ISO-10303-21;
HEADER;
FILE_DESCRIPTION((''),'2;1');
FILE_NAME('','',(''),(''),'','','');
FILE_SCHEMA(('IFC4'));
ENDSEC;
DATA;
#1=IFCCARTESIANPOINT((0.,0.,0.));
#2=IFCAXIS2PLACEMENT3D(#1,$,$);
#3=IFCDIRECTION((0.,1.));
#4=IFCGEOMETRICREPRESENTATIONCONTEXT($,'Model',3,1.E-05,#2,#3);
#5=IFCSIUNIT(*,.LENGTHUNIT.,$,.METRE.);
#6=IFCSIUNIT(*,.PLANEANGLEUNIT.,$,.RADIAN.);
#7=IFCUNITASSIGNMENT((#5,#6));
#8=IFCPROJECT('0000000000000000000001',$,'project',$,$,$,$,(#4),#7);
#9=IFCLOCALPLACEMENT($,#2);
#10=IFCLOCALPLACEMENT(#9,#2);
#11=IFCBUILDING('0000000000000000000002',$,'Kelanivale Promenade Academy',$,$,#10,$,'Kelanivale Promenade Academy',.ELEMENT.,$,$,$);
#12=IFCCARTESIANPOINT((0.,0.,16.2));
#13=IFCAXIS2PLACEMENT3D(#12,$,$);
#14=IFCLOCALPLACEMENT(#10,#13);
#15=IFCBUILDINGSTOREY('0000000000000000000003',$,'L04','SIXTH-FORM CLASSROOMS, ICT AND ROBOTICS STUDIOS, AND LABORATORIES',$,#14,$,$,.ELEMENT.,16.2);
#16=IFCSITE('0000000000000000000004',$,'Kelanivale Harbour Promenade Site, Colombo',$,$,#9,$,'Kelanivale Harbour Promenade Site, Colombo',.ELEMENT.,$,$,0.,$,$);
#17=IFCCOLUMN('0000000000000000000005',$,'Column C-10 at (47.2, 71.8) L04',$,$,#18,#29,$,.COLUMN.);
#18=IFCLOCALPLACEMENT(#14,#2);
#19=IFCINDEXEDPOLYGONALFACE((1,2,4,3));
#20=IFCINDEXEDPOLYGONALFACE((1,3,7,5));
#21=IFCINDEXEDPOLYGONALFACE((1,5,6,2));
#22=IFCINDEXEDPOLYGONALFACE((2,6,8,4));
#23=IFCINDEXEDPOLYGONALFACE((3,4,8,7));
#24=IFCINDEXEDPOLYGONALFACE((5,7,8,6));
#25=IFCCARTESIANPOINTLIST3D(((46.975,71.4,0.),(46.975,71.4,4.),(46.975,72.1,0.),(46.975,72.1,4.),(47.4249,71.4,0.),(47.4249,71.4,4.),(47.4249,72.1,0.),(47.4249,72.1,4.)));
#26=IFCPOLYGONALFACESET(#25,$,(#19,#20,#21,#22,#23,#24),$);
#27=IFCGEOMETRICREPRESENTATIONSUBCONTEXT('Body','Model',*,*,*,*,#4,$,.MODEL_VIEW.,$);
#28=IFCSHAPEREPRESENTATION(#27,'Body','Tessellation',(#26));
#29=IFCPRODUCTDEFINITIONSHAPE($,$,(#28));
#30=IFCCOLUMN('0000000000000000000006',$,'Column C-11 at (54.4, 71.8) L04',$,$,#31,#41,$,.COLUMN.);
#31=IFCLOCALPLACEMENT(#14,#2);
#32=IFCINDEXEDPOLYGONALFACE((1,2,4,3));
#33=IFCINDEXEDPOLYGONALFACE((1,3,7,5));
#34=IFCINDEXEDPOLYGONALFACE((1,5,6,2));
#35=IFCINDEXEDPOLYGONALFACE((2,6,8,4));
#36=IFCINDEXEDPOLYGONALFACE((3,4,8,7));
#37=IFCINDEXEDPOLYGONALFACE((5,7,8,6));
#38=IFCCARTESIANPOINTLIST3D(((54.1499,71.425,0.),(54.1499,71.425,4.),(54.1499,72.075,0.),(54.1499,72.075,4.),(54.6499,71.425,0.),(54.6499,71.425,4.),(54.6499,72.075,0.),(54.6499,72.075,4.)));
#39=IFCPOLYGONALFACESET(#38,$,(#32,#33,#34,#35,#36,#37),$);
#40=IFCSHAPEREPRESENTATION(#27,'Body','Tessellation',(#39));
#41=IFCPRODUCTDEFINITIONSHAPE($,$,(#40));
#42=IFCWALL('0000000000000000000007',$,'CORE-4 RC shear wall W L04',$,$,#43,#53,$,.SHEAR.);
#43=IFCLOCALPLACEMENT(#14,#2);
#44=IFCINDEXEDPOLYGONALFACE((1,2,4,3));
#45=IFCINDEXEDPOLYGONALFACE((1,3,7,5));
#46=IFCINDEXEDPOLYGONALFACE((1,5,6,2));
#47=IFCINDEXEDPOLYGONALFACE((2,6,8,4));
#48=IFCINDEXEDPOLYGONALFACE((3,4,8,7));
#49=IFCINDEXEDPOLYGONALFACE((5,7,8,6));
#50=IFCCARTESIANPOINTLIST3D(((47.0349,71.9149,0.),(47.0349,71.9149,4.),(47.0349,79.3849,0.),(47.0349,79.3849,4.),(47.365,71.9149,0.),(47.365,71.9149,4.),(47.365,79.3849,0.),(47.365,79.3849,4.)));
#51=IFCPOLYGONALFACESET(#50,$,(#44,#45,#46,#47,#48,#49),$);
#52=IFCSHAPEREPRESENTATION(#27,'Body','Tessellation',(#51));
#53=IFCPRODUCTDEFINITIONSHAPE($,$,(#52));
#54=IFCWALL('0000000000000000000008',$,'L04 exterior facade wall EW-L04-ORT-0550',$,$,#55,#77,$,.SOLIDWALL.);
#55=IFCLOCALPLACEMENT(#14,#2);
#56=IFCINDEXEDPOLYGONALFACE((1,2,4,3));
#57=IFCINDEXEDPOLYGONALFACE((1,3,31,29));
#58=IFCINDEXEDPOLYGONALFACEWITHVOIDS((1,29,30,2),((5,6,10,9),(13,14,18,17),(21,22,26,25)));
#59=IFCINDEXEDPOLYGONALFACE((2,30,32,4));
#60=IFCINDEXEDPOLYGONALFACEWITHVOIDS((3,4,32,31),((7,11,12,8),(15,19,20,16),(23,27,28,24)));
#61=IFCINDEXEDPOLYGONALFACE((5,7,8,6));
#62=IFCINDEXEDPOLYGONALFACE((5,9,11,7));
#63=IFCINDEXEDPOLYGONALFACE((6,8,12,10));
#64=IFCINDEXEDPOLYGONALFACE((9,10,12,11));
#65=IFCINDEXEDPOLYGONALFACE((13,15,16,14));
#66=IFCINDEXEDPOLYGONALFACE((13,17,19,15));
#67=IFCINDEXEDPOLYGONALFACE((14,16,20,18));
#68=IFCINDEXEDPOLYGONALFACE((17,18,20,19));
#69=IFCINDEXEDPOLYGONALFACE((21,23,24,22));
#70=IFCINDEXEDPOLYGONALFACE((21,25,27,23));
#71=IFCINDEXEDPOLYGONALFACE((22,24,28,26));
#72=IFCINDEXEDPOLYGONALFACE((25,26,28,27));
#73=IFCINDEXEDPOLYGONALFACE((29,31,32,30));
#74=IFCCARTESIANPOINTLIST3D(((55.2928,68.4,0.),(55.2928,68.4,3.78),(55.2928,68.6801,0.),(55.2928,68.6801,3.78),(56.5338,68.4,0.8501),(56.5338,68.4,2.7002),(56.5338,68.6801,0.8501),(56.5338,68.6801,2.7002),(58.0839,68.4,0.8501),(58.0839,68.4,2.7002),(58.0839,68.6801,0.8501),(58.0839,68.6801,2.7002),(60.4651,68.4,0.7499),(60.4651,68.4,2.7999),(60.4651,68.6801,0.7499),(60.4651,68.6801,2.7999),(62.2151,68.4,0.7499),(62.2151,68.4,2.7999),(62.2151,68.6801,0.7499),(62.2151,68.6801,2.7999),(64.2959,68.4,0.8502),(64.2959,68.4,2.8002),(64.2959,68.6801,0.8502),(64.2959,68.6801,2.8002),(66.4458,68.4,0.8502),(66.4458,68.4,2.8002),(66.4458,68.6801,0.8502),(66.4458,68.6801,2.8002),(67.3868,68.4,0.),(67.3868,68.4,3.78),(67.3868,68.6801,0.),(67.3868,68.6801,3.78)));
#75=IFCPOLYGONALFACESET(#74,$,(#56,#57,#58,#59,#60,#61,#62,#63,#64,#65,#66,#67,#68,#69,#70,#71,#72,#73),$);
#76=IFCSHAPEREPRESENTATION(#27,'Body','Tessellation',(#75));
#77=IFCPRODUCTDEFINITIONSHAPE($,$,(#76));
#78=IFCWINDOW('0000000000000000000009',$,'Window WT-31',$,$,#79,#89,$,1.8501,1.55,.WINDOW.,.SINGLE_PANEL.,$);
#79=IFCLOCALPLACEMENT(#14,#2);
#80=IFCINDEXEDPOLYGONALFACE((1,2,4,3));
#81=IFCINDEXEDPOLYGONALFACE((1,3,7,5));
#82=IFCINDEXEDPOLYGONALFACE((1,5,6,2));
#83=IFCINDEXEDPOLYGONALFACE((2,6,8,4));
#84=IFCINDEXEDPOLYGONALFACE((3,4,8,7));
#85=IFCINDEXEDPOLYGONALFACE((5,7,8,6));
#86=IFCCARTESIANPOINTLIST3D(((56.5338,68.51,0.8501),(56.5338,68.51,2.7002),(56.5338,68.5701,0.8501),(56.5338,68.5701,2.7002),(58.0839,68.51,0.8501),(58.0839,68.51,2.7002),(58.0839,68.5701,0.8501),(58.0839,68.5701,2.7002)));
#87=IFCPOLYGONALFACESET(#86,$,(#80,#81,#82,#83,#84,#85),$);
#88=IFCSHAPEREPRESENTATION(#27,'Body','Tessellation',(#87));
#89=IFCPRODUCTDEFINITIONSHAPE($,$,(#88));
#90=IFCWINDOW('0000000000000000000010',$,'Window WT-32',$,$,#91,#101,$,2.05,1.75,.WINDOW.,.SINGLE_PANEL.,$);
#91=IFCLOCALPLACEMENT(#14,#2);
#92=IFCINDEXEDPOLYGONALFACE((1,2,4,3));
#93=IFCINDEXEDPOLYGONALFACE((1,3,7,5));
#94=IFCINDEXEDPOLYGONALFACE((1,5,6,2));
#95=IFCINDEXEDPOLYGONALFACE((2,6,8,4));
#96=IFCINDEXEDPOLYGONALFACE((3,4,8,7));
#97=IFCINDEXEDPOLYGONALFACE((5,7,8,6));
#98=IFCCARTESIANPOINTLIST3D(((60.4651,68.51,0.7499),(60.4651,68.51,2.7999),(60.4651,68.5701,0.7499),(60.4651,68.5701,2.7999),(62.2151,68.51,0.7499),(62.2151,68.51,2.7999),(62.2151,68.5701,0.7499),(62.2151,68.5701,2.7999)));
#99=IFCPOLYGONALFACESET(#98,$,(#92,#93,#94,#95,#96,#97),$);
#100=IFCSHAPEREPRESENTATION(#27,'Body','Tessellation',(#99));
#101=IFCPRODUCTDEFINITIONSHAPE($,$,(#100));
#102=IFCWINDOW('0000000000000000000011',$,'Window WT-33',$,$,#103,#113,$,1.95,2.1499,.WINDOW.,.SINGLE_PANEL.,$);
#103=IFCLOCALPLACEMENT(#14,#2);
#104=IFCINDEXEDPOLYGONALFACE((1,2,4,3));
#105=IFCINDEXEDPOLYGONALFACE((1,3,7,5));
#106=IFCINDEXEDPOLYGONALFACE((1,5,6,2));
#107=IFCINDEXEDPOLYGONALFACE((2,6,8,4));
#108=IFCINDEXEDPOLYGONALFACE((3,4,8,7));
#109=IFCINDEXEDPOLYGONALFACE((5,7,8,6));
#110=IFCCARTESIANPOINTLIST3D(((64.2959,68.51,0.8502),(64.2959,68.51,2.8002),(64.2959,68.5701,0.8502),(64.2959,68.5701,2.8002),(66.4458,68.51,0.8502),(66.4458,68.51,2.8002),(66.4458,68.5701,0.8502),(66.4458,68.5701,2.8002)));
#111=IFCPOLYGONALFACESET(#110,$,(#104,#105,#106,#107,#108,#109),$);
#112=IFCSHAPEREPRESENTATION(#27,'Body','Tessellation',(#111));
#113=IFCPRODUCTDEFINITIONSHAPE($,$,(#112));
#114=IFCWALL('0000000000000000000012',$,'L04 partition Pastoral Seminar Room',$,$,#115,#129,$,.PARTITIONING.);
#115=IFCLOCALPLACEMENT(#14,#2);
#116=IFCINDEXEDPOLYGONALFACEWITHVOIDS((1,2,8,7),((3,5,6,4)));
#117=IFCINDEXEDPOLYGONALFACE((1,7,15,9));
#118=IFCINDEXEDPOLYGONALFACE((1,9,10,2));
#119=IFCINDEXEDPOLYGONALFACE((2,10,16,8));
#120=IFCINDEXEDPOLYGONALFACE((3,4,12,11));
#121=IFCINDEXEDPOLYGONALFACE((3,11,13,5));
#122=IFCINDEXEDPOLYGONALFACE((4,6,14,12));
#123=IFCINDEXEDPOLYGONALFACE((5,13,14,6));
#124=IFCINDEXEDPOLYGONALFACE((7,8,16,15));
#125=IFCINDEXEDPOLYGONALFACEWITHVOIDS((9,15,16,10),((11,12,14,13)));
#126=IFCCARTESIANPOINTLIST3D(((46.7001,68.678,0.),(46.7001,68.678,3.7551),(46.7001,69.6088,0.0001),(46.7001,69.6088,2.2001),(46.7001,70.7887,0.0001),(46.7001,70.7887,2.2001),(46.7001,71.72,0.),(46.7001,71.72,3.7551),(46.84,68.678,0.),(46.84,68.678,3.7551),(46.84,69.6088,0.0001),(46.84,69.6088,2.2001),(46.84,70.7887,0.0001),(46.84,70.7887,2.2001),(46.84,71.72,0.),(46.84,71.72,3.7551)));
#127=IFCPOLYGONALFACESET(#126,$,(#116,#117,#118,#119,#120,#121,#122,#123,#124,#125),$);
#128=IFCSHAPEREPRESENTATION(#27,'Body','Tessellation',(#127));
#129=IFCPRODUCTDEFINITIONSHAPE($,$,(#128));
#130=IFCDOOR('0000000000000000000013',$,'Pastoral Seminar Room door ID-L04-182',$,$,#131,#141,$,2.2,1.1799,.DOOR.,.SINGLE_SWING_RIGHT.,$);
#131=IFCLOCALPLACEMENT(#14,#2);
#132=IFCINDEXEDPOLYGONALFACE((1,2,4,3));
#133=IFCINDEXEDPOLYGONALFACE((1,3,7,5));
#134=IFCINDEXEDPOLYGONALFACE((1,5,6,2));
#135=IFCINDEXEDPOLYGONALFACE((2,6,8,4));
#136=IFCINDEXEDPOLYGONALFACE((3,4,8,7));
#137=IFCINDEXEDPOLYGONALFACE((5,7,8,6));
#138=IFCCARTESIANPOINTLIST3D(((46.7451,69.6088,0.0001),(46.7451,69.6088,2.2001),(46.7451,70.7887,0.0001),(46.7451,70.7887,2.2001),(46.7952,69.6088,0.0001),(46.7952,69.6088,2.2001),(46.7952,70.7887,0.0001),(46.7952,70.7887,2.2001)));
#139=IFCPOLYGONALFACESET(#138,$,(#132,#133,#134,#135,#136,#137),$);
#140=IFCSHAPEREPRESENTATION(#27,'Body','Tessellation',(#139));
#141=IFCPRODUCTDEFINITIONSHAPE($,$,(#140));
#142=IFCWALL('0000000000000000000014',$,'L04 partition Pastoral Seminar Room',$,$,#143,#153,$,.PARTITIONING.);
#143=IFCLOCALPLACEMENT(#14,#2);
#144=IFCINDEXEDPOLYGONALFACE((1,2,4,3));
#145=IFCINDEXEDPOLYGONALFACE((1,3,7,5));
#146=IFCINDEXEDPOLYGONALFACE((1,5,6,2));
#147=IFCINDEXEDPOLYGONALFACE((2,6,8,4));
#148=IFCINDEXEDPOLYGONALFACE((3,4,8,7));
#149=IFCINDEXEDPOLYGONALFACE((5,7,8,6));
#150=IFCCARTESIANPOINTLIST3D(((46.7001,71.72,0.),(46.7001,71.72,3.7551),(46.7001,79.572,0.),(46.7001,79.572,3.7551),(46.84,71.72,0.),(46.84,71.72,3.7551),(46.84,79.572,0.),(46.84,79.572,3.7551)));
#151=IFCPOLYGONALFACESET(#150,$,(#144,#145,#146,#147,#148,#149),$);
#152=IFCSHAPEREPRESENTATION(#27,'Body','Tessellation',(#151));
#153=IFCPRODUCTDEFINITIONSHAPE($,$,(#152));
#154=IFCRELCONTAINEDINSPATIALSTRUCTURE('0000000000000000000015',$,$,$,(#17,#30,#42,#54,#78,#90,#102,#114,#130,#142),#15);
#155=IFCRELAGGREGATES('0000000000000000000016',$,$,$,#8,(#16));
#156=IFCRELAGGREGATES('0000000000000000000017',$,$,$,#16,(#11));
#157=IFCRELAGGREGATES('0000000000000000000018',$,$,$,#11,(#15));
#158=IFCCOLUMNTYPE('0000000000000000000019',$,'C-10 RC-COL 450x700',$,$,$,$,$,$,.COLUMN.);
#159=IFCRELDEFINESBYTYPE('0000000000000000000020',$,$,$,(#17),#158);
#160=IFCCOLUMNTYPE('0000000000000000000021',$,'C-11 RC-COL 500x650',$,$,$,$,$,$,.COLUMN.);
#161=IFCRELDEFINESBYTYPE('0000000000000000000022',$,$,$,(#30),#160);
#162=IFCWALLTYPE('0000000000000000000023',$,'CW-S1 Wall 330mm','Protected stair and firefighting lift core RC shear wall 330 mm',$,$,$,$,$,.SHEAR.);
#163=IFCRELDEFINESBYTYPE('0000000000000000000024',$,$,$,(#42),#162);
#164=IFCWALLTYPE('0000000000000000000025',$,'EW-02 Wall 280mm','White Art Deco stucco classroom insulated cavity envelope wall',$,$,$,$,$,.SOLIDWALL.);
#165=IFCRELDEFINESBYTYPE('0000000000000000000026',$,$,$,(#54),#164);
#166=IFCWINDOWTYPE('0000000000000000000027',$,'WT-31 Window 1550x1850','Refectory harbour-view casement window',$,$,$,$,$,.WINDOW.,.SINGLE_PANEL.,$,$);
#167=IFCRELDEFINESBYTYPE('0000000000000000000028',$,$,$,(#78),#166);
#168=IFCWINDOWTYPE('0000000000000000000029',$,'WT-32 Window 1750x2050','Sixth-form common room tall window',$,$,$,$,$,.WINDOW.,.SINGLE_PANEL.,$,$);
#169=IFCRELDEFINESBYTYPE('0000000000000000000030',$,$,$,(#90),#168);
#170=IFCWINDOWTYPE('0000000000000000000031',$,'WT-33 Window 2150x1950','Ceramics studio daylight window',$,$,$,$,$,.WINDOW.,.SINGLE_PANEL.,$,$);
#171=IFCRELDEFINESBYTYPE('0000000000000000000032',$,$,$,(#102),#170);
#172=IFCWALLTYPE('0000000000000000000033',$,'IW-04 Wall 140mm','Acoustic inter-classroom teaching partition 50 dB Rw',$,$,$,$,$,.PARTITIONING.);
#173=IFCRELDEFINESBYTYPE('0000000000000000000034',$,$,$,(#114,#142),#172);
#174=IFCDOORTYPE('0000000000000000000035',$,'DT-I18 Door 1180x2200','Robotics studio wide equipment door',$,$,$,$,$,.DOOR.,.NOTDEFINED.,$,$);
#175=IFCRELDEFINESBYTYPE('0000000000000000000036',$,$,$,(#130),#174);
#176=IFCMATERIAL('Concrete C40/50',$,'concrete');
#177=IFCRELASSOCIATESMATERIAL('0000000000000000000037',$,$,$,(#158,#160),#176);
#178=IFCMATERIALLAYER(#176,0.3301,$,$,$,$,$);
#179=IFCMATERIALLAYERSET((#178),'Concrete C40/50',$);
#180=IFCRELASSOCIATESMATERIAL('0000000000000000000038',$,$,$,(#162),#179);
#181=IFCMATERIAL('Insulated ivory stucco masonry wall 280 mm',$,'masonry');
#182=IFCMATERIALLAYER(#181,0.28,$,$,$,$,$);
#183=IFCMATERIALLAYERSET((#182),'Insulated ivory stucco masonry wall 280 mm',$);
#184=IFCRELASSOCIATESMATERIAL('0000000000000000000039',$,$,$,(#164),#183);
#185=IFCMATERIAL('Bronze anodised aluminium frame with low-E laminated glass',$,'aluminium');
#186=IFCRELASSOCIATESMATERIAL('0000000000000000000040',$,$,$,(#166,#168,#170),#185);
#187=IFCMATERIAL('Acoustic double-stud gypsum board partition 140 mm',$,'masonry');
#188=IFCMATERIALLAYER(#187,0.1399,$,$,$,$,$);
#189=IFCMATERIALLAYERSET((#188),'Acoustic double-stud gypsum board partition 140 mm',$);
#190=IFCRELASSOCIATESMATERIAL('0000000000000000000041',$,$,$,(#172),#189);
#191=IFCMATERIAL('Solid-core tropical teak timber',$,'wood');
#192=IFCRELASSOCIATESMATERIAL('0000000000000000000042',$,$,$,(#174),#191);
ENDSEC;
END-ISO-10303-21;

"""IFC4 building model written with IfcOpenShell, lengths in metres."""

from ifc_helpers import new_model, si_unit, direction, frame, frame_2d, origin, origin_2d, place, context, subcontext, project, spatial, rectangle, extrude, material, layer, layer_set, material_profile, profile_set, type_object, element, fill, save


model = new_model("IFC4")

# Units and contexts
model_context = context("Model", 3, precision=1e-05, world=origin(), true_north=direction((0.0, 1.0)))
body_context = subcontext(model_context, "Body", "Model", "MODEL_VIEW")
ifc_project = project(units=[si_unit("LENGTHUNIT", "METRE"), si_unit("PLANEANGLEUNIT", "RADIAN")], contexts=[model_context])

# Site, building, storey
site_placement = place(None, origin())
site = spatial("IfcSite", under=ifc_project, at=site_placement, Name="Kelanivale Harbour Promenade Site, Colombo", LongName="Kelanivale Harbour Promenade Site, Colombo", CompositionType="ELEMENT", RefElevation=0.0)
building_placement = place(site_placement, origin())
building = spatial("IfcBuilding", under=site, at=building_placement, Name="Kelanivale Promenade Academy", LongName="Kelanivale Promenade Academy", CompositionType="ELEMENT")
storey_placement = place(building_placement, frame((0.0, 0.0, 16.2)))
storey = spatial("IfcBuildingStorey", under=building, at=storey_placement, Name="L04", Description="SIXTH-FORM CLASSROOMS, ICT AND ROBOTICS STUDIOS, AND LABORATORIES", CompositionType="ELEMENT", Elevation=16.2)

# Columns
ifc_material_1 = material(Name="Concrete C40/50", Category="concrete")
ifc_material_profile_1 = material_profile(ifc_material_1, rectangle(XDim=0.45, YDim=0.7, at=origin_2d()), Name="RC-COL 450x700")
ifc_profile_set_1 = profile_set([ifc_material_profile_1], Name="Concrete C40/50")
column_type_1 = type_object("IfcColumnType", Name="C-10 RC-COL 450x700", PredefinedType="COLUMN", material=ifc_profile_set_1)
column_1_placement = place(storey_placement, frame((47.2, 71.75, 0.0), z_axis=(0.0, 0.0, 1.0), x_axis=(1.0, 0.0, 0.0)))
element("IfcColumn", 1, at=column_1_placement, inside=storey, type_object=column_type_1, Name="Column C-10 at (47.2, 71.8) L04", PredefinedType="COLUMN", context=body_context, shape_type="SweptSolid", body=[
    extrude(rectangle(XDim=0.45, YDim=0.7, at=origin_2d()), origin(), (0.0, 0.0, 1.0), 4.0),
])
ifc_material_profile_2 = material_profile(ifc_material_1, rectangle(XDim=0.5, YDim=0.6499, at=origin_2d()), Name="RC-COL 500x650")
ifc_profile_set_2 = profile_set([ifc_material_profile_2], Name="Concrete C40/50")
column_type_2 = type_object("IfcColumnType", Name="C-11 RC-COL 500x650", PredefinedType="COLUMN", material=ifc_profile_set_2)
column_2_placement = place(storey_placement, frame((54.3999, 71.75, 0.0), z_axis=(0.0, 0.0, 1.0), x_axis=(1.0, 0.0, 0.0)))
element("IfcColumn", 2, at=column_2_placement, inside=storey, type_object=column_type_2, Name="Column C-11 at (54.4, 71.8) L04", PredefinedType="COLUMN", context=body_context, shape_type="SweptSolid", body=[
    extrude(rectangle(XDim=0.5, YDim=0.6499, at=origin_2d()), origin(), (0.0, 0.0, 1.0), 4.0),
])

# Shared definitions
ifc_layer_1 = layer(ifc_material_1, 0.3301)
ifc_layer_set_1 = layer_set([ifc_layer_1], Name="Concrete C40/50")
wall_type_1 = type_object("IfcWallType", Name="CW-S1 Wall 330mm", Description="Protected stair and firefighting lift core RC shear wall 330 mm", PredefinedType="SHEAR", material=ifc_layer_set_1)

# Wall
wall_1_placement = place(storey_placement, frame((47.2, 71.915, 0.0), z_axis=(0.0, 0.0, 1.0), x_axis=(0.0, 1.0, 0.0)))
element("IfcWall", 3, at=wall_1_placement, inside=storey, type_object=wall_type_1, Name="CORE-4 RC shear wall W L04", PredefinedType="SHEAR", context=body_context, shape_type="SweptSolid", body=[
    extrude(rectangle(XDim=7.47, YDim=0.3301, at=frame_2d((3.7349, 0.0))), origin(), (0.0, 0.0, 1.0), 4.0),
])

# Wall, openings, windows
ifc_material_2 = material(Name="Insulated ivory stucco masonry wall 280 mm", Category="masonry")
ifc_layer_2 = layer(ifc_material_2, 0.28)
ifc_layer_set_2 = layer_set([ifc_layer_2], Name="Insulated ivory stucco masonry wall 280 mm")
wall_type_2 = type_object("IfcWallType", Name="EW-02 Wall 280mm", Description="White Art Deco stucco classroom insulated cavity envelope wall", PredefinedType="SOLIDWALL", material=ifc_layer_set_2)
wall_2_placement = place(storey_placement, frame((55.293, 68.54, 0.0), z_axis=(0.0, 0.0, 1.0), x_axis=(1.0, 0.0, 0.0)))
wall_2 = element("IfcWall", 4, at=wall_2_placement, inside=storey, type_object=wall_type_2, Name="L04 exterior facade wall EW-L04-ORT-0550", PredefinedType="SOLIDWALL", context=body_context, shape_type="SweptSolid", body=[
    extrude(rectangle(XDim=12.094, YDim=0.28, at=frame_2d((6.0469, 0.0))), origin(), (0.0, 0.0, 1.0), 3.78),
])
opening_1_placement = place(wall_2_placement, frame((1.241, 0.0, 0.8501)))
opening_1 = element("IfcOpeningElement", 5, at=opening_1_placement, cuts=wall_2, PredefinedType="OPENING", context=body_context, shape_type="SweptSolid", body=[
    extrude(rectangle(XDim=1.55, YDim=1.8501, at=frame_2d((0.7749, 0.925))), frame((0.0, 0.1499, 0.0), z_axis=(0.0, -1.0, 0.0), x_axis=(1.0, 0.0, 0.0)), (0.0, 0.0, 1.0), 0.3),
])
opening_2_placement = place(wall_2_placement, frame((5.1721, 0.0, 0.75)))
opening_2 = element("IfcOpeningElement", 6, at=opening_2_placement, cuts=wall_2, PredefinedType="OPENING", context=body_context, shape_type="SweptSolid", body=[
    extrude(rectangle(XDim=1.75, YDim=2.05, at=frame_2d((0.875, 1.0249))), frame((0.0, 0.1499, 0.0), z_axis=(0.0, -1.0, 0.0), x_axis=(1.0, 0.0, 0.0)), (0.0, 0.0, 1.0), 0.3),
])
opening_3_placement = place(wall_2_placement, frame((9.0029, 0.0, 0.8501)))
opening_3 = element("IfcOpeningElement", 7, at=opening_3_placement, cuts=wall_2, PredefinedType="OPENING", context=body_context, shape_type="SweptSolid", body=[
    extrude(rectangle(XDim=2.1499, YDim=1.95, at=frame_2d((1.075, 0.9751))), frame((0.0, 0.1499, 0.0), z_axis=(0.0, -1.0, 0.0), x_axis=(1.0, 0.0, 0.0)), (0.0, 0.0, 1.0), 0.3),
])
ifc_material_3 = material(Name="Bronze anodised aluminium frame with low-E laminated glass", Category="aluminium")
window_type_1 = type_object("IfcWindowType", Name="WT-31 Window 1550x1850", Description="Refectory harbour-view casement window", PartitioningType="SINGLE_PANEL", PredefinedType="WINDOW", material=ifc_material_3)
window_1_placement = place(opening_1_placement, origin())
window_1 = element("IfcWindow", 8, at=window_1_placement, inside=storey, type_object=window_type_1, Name="Window WT-31", OverallHeight=1.8501, OverallWidth=1.55, PartitioningType="SINGLE_PANEL", PredefinedType="WINDOW", context=body_context, shape_type="SweptSolid", body=[
    extrude(rectangle(XDim=1.55, YDim=1.8501, at=frame_2d((0.7749, 0.925))), frame((0.0, 0.03, 0.0), z_axis=(0.0, -1.0, 0.0), x_axis=(1.0, 0.0, 0.0)), (0.0, 0.0, 1.0), 0.0601),
])
fill(opening_1, window_1)
window_type_2 = type_object("IfcWindowType", Name="WT-32 Window 1750x2050", Description="Sixth-form common room tall window", PartitioningType="SINGLE_PANEL", PredefinedType="WINDOW", material=ifc_material_3)
window_2_placement = place(opening_2_placement, origin())
window_2 = element("IfcWindow", 9, at=window_2_placement, inside=storey, type_object=window_type_2, Name="Window WT-32", OverallHeight=2.05, OverallWidth=1.75, PartitioningType="SINGLE_PANEL", PredefinedType="WINDOW", context=body_context, shape_type="SweptSolid", body=[
    extrude(rectangle(XDim=1.75, YDim=2.05, at=frame_2d((0.875, 1.0249))), frame((0.0, 0.03, 0.0), z_axis=(0.0, -1.0, 0.0), x_axis=(1.0, 0.0, 0.0)), (0.0, 0.0, 1.0), 0.0601),
])
fill(opening_2, window_2)
window_type_3 = type_object("IfcWindowType", Name="WT-33 Window 2150x1950", Description="Ceramics studio daylight window", PartitioningType="SINGLE_PANEL", PredefinedType="WINDOW", material=ifc_material_3)
window_3_placement = place(opening_3_placement, origin())
window_3 = element("IfcWindow", 10, at=window_3_placement, inside=storey, type_object=window_type_3, Name="Window WT-33", OverallHeight=1.95, OverallWidth=2.1499, PartitioningType="SINGLE_PANEL", PredefinedType="WINDOW", context=body_context, shape_type="SweptSolid", body=[
    extrude(rectangle(XDim=2.1499, YDim=1.95, at=frame_2d((1.075, 0.9751))), frame((0.0, 0.03, 0.0), z_axis=(0.0, -1.0, 0.0), x_axis=(1.0, 0.0, 0.0)), (0.0, 0.0, 1.0), 0.0601),
])
fill(opening_3, window_3)

# Wall, opening, door
ifc_material_4 = material(Name="Acoustic double-stud gypsum board partition 140 mm", Category="masonry")
ifc_layer_3 = layer(ifc_material_4, 0.1399)
ifc_layer_set_3 = layer_set([ifc_layer_3], Name="Acoustic double-stud gypsum board partition 140 mm")
wall_type_3 = type_object("IfcWallType", Name="IW-04 Wall 140mm", Description="Acoustic inter-classroom teaching partition 50 dB Rw", PredefinedType="PARTITIONING", material=ifc_layer_set_3)
wall_3_placement = place(storey_placement, frame((46.77, 68.678, 0.0), z_axis=(0.0, 0.0, 1.0), x_axis=(0.0, 1.0, 0.0)))
wall_3 = element("IfcWall", 11, at=wall_3_placement, inside=storey, type_object=wall_type_3, Name="L04 partition Pastoral Seminar Room", PredefinedType="PARTITIONING", context=body_context, shape_type="SweptSolid", body=[
    extrude(rectangle(XDim=3.042, YDim=0.1399, at=frame_2d((1.521, 0.0))), origin(), (0.0, 0.0, 1.0), 3.7551),
])
opening_4_placement = place(wall_3_placement, frame((0.9309, 0.0, 0.0)))
opening_4 = element("IfcOpeningElement", 12, at=opening_4_placement, cuts=wall_3, PredefinedType="OPENING", context=body_context, shape_type="SweptSolid", body=[
    extrude(rectangle(XDim=1.1799, YDim=2.2, at=frame_2d((0.5898, 1.1001))), frame((0.0, 0.0801, 0.0), z_axis=(0.0, -1.0, 0.0), x_axis=(1.0, 0.0, 0.0)), (0.0, 0.0, 1.0), 0.1599),
])
ifc_material_5 = material(Name="Solid-core tropical teak timber", Category="wood")
door_type_1 = type_object("IfcDoorType", Name="DT-I18 Door 1180x2200", Description="Robotics studio wide equipment door", OperationType="NOTDEFINED", PredefinedType="DOOR", material=ifc_material_5)
door_1_placement = place(opening_4_placement, origin())
door_1 = element("IfcDoor", 13, at=door_1_placement, inside=storey, type_object=door_type_1, Name="Pastoral Seminar Room door ID-L04-182", OperationType="SINGLE_SWING_RIGHT", OverallHeight=2.2, OverallWidth=1.1799, PredefinedType="DOOR", context=body_context, shape_type="SweptSolid", body=[
    extrude(rectangle(XDim=1.1799, YDim=2.2, at=frame_2d((0.5898, 1.1001))), frame((0.0, 0.0249, 0.0), z_axis=(0.0, -1.0, 0.0), x_axis=(1.0, 0.0, 0.0)), (0.0, 0.0, 1.0), 0.05),
])
fill(opening_4, door_1)

# Wall
wall_4_placement = place(storey_placement, frame((46.77, 71.72, 0.0), z_axis=(0.0, 0.0, 1.0), x_axis=(0.0, 1.0, 0.0)))
element("IfcWall", 14, at=wall_4_placement, inside=storey, type_object=wall_type_3, Name="L04 partition Pastoral Seminar Room", PredefinedType="PARTITIONING", context=body_context, shape_type="SweptSolid", body=[
    extrude(rectangle(XDim=7.8521, YDim=0.1399, at=frame_2d((3.926, 0.0))), origin(), (0.0, 0.0, 1.0), 3.7551),
])

save(model, "model.ifc")
